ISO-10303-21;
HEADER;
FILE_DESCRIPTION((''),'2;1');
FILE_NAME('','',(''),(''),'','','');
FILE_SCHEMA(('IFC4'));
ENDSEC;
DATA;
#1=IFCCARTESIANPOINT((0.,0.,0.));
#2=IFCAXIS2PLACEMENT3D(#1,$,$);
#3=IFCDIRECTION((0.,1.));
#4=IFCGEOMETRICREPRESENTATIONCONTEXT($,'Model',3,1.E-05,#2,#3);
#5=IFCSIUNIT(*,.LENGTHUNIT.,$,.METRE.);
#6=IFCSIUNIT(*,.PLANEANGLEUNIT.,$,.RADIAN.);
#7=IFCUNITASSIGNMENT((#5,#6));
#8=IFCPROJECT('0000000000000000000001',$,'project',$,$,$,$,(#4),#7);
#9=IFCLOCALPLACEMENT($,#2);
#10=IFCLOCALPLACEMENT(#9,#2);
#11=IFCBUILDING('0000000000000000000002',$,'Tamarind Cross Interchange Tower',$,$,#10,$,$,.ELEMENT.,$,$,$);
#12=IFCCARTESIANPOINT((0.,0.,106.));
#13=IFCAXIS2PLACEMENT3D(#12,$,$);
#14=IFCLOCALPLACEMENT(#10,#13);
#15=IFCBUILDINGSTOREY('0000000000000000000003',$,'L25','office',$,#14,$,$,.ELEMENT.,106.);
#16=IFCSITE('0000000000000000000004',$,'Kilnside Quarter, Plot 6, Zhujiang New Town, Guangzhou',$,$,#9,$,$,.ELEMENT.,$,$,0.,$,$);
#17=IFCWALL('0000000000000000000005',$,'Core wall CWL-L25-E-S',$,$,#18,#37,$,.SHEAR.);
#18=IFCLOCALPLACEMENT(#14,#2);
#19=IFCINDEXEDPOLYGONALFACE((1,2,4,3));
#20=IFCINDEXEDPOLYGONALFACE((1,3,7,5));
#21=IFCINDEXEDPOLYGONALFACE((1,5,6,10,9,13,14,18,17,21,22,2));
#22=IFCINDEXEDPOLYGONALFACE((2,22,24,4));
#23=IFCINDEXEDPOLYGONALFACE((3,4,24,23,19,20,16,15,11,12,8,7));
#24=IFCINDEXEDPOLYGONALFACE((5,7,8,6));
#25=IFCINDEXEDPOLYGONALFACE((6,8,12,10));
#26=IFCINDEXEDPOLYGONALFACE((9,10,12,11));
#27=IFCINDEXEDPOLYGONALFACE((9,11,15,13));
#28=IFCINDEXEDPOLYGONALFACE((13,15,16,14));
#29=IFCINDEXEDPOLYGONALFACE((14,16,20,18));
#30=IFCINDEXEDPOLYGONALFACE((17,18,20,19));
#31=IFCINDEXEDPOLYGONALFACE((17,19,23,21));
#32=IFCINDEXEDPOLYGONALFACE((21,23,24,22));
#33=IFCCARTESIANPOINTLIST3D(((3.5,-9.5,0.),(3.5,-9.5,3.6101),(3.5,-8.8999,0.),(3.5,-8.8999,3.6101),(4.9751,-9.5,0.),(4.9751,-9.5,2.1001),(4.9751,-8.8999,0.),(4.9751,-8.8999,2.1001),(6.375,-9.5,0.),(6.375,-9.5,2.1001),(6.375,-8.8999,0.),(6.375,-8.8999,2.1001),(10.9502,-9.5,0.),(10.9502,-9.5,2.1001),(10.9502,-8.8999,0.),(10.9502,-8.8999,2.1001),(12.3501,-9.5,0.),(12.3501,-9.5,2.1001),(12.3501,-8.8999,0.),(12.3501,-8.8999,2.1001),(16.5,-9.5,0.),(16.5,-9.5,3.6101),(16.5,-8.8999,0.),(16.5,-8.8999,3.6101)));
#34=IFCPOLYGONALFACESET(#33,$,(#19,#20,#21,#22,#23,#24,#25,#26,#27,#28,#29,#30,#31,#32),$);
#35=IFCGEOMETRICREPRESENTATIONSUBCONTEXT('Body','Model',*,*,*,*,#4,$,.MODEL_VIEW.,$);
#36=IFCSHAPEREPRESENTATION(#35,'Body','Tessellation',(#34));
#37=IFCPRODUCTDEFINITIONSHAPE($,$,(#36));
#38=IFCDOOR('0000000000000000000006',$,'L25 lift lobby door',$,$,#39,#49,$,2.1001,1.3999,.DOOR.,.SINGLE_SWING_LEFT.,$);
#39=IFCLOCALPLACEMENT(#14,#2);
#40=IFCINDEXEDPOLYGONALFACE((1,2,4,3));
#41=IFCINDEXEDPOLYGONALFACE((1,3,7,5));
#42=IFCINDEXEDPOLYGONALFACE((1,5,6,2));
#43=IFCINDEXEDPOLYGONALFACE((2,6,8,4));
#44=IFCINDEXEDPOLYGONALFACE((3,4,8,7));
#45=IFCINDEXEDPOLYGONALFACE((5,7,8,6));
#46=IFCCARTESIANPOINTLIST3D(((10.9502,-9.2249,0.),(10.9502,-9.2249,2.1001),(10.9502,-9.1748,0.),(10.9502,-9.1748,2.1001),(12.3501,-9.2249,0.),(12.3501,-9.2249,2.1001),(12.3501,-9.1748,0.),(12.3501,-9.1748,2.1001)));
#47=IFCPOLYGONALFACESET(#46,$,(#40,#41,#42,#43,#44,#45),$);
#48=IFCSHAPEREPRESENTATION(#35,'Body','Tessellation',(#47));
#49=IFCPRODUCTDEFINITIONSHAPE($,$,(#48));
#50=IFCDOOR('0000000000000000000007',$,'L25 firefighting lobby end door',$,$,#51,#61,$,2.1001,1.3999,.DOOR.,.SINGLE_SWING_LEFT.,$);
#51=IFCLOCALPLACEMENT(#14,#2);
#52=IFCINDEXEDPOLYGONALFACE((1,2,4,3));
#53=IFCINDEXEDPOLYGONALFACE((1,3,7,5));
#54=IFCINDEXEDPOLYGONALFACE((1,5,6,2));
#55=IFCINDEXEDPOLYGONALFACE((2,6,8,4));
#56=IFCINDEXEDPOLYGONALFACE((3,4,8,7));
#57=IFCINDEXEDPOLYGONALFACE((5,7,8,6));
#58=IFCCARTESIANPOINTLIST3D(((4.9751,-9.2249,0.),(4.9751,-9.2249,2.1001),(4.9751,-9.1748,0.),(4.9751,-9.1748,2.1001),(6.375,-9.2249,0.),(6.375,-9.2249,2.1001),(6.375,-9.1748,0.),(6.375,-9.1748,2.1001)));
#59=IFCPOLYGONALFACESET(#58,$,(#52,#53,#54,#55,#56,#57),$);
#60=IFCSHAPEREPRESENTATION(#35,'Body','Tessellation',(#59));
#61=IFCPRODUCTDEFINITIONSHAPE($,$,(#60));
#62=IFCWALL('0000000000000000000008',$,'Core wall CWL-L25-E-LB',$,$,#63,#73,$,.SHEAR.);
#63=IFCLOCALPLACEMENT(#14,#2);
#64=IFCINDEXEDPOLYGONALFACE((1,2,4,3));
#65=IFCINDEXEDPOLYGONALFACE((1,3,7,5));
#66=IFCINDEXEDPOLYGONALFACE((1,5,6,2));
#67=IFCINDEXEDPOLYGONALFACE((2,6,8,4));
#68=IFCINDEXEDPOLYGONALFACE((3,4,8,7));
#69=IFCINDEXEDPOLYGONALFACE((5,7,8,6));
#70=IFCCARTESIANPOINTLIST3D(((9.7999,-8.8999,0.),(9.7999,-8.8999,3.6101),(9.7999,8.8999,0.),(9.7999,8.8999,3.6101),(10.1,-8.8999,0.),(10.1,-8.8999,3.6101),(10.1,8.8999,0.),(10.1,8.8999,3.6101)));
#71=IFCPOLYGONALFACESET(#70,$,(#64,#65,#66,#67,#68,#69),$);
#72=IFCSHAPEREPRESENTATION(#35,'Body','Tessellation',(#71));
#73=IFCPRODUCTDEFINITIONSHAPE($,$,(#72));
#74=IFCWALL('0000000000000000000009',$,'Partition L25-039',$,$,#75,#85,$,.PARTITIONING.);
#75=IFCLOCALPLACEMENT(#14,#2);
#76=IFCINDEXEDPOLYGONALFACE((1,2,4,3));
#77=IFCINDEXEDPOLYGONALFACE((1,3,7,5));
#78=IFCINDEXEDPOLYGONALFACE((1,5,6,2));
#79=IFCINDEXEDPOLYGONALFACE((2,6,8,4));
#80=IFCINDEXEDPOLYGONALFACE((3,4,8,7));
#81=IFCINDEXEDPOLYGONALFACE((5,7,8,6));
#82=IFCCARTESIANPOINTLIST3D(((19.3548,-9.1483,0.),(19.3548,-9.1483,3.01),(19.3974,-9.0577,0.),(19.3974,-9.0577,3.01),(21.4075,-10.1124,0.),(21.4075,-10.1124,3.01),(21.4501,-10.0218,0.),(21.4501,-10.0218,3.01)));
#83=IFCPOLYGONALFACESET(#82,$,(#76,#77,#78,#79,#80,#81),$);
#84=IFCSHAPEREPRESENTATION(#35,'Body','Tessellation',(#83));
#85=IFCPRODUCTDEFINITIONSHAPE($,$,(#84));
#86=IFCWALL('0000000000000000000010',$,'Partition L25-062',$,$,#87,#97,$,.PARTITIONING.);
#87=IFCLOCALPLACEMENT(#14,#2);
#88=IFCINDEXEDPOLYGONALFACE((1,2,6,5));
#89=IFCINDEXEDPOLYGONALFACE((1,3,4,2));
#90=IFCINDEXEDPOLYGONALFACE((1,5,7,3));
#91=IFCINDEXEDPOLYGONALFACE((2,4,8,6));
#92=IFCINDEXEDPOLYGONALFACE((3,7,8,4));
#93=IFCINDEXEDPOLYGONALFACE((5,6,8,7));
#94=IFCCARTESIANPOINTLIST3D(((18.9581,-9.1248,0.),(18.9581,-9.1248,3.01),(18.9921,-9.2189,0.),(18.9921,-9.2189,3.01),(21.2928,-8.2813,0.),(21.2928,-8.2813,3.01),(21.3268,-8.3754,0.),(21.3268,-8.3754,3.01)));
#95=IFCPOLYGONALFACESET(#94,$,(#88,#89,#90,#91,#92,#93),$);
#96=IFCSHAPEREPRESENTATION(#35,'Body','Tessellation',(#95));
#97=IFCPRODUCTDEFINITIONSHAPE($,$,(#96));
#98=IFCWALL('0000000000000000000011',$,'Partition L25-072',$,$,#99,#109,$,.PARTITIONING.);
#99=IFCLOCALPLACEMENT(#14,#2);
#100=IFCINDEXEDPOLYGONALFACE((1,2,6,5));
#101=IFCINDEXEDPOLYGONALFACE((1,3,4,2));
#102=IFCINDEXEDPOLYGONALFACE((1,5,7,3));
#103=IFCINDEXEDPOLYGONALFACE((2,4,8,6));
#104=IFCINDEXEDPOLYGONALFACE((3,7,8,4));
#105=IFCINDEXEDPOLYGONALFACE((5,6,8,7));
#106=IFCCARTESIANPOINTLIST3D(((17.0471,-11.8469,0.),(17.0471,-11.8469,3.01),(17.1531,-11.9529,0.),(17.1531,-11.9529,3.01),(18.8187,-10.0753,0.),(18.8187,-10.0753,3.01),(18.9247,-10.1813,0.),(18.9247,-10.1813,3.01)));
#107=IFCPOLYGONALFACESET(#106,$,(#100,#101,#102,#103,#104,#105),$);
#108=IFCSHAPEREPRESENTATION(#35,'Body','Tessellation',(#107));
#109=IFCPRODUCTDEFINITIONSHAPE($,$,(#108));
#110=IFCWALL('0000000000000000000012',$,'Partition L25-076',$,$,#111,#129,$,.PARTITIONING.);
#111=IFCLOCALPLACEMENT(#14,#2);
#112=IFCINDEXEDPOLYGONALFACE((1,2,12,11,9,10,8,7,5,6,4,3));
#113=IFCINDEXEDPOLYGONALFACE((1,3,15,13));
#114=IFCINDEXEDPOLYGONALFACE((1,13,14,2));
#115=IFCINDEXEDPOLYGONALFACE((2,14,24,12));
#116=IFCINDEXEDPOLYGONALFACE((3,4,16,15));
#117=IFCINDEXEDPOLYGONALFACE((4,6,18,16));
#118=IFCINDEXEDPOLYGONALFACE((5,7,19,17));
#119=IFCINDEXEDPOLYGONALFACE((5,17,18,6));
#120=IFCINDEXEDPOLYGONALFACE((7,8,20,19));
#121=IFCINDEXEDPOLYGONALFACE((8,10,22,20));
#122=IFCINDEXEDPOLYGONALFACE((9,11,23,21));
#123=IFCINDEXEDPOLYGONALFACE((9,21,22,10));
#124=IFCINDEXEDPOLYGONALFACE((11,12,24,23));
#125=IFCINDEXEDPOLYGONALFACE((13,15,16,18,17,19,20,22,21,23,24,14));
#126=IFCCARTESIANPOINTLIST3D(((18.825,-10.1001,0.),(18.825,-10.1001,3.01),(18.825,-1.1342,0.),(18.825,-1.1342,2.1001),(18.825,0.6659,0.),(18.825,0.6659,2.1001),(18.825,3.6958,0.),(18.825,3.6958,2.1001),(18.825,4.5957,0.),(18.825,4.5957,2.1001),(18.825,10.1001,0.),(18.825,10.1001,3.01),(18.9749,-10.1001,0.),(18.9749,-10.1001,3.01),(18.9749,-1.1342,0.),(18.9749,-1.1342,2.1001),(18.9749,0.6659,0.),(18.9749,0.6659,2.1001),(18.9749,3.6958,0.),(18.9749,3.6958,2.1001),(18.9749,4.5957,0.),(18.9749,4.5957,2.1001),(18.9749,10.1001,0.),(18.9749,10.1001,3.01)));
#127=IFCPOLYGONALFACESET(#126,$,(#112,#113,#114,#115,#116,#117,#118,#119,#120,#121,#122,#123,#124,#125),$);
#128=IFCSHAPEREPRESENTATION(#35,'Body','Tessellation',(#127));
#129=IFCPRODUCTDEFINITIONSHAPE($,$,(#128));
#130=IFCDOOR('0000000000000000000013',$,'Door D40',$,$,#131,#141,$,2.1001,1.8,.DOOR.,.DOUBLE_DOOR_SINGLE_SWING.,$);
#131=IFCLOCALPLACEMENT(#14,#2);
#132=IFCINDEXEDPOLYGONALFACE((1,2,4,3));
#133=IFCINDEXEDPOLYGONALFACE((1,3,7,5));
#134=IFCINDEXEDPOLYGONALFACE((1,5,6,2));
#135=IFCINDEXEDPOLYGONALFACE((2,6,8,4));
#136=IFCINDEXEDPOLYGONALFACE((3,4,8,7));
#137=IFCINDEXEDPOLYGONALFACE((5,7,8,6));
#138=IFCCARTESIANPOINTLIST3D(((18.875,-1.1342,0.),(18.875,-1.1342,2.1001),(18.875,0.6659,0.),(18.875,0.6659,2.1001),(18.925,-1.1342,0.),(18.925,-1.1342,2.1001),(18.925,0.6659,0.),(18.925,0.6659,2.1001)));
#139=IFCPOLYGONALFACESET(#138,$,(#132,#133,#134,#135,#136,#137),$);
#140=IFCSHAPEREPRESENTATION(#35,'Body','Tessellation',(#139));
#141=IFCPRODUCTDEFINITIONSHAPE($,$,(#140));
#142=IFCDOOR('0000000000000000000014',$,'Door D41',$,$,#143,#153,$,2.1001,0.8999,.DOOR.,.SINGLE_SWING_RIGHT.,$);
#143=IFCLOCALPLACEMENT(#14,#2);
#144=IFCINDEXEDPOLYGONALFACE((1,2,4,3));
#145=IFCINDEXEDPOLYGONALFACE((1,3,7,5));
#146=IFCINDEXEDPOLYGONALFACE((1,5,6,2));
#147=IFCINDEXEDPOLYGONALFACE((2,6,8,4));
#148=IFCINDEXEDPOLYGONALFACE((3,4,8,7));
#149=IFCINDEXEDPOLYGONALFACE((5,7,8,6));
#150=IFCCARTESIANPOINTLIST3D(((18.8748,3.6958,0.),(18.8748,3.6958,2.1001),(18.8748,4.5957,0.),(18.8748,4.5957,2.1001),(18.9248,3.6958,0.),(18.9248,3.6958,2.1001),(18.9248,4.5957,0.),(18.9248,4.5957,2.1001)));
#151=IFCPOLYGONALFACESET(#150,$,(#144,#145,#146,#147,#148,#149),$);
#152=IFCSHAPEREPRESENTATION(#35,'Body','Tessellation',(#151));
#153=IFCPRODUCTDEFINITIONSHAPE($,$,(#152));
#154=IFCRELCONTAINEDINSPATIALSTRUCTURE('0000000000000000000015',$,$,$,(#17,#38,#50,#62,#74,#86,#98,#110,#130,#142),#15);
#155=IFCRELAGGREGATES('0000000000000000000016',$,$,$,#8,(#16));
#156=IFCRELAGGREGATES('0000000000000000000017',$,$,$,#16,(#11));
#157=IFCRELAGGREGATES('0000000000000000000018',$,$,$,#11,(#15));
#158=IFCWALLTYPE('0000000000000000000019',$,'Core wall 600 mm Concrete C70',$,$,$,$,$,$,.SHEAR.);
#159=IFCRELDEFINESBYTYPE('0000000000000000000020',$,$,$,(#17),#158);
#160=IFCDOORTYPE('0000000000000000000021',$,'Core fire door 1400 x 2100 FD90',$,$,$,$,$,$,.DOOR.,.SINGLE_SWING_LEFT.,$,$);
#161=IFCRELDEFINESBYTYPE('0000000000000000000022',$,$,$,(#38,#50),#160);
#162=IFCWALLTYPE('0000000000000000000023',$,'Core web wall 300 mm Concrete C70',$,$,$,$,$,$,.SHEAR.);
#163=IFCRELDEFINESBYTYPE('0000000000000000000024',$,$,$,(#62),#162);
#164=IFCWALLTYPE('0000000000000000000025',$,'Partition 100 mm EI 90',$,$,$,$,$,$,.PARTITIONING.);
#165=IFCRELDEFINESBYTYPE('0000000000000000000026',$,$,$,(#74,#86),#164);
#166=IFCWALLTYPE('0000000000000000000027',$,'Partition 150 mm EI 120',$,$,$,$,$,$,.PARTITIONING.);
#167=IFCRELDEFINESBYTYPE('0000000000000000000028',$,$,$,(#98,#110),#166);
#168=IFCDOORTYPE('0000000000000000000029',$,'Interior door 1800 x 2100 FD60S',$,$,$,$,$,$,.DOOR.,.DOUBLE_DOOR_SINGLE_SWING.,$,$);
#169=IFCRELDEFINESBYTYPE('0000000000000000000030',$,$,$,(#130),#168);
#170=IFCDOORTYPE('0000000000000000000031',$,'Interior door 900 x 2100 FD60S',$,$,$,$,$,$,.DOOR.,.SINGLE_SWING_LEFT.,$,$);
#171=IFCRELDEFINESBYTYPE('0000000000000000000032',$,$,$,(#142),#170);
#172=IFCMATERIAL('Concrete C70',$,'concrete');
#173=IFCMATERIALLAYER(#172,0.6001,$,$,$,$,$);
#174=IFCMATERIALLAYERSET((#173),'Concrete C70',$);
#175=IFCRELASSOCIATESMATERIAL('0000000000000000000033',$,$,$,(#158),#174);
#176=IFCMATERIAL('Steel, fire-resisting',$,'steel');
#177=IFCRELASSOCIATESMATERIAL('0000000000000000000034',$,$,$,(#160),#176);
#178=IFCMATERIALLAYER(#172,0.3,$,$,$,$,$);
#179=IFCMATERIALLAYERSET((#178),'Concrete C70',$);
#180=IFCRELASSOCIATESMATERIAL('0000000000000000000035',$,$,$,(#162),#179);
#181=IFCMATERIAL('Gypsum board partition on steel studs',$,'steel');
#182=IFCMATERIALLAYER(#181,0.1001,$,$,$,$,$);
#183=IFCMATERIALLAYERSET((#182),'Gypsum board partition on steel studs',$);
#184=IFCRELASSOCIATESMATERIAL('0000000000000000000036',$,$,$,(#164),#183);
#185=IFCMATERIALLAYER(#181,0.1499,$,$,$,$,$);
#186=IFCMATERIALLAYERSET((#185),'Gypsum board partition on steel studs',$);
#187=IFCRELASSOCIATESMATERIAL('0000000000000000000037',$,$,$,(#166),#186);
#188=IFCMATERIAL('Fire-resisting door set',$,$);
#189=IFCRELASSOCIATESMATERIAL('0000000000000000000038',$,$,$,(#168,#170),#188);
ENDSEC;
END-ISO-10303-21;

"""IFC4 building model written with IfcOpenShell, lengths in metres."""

from ifc_helpers import new_model, si_unit, direction, frame, frame_2d, origin, place, context, subcontext, project, spatial, rectangle, extrude, material, layer, layer_set, type_object, element, fill, save


model = new_model("IFC4")

# Units and contexts
model_context = context("Model", 3, precision=1e-05, world=origin(), true_north=direction((0.0, 1.0)))
body_context = subcontext(model_context, "Body", "Model", "MODEL_VIEW")
ifc_project = project(units=[si_unit("LENGTHUNIT", "METRE"), si_unit("PLANEANGLEUNIT", "RADIAN")], contexts=[model_context])

# Site, building, storey
site_placement = place(None, origin())
site = spatial("IfcSite", under=ifc_project, at=site_placement, Name="Kilnside Quarter, Plot 6, Zhujiang New Town, Guangzhou", CompositionType="ELEMENT", RefElevation=0.0)
building_placement = place(site_placement, origin())
building = spatial("IfcBuilding", under=site, at=building_placement, Name="Tamarind Cross Interchange Tower", CompositionType="ELEMENT")
storey_placement = place(building_placement, frame((0.0, 0.0, 106.0)))
storey = spatial("IfcBuildingStorey", under=building, at=storey_placement, Name="L25", Description="office", CompositionType="ELEMENT", Elevation=106.0)

# Wall, openings, doors
ifc_material_1 = material(Name="Concrete C70", Category="concrete")
ifc_layer_1 = layer(ifc_material_1, 0.6001)
ifc_layer_set_1 = layer_set([ifc_layer_1], Name="Concrete C70")
wall_type_1 = type_object("IfcWallType", Name="Core wall 600 mm Concrete C70", PredefinedType="SHEAR", material=ifc_layer_set_1)
wall_1_placement = place(storey_placement, frame((16.5, -9.2, 0.0), z_axis=(0.0, 0.0, 1.0), x_axis=(-1.0, 0.0, 0.0)))
wall_1 = element("IfcWall", 1, at=wall_1_placement, inside=storey, type_object=wall_type_1, Name="Core wall CWL-L25-E-S", PredefinedType="SHEAR", context=body_context, shape_type="SweptSolid", body=[
    extrude(rectangle(XDim=13.0, YDim=0.6001, at=frame_2d((6.5, 0.0))), origin(), (0.0, 0.0, 1.0), 3.6101),
])
opening_1_placement = place(wall_1_placement, frame((4.1499, 0.0, 0.0)))
opening_1 = element("IfcOpeningElement", 2, at=opening_1_placement, cuts=wall_1, PredefinedType="OPENING", context=body_context, shape_type="SweptSolid", body=[
    extrude(rectangle(XDim=1.3999, YDim=2.1001, at=frame_2d((0.7, 1.05))), frame((0.0, 0.3101, 0.0), z_axis=(0.0, -1.0, 0.0), x_axis=(1.0, 0.0, 0.0)), (0.0, 0.0, 1.0), 0.6201),
])
opening_2_placement = place(wall_1_placement, frame((10.125, 0.0, 0.0)))
opening_2 = element("IfcOpeningElement", 3, at=opening_2_placement, cuts=wall_1, PredefinedType="OPENING", context=body_context, shape_type="SweptSolid", body=[
    extrude(rectangle(XDim=1.3999, YDim=2.1001, at=frame_2d((0.7, 1.05))), frame((0.0, 0.3101, 0.0), z_axis=(0.0, -1.0, 0.0), x_axis=(1.0, 0.0, 0.0)), (0.0, 0.0, 1.0), 0.6201),
])
ifc_material_2 = material(Name="Steel, fire-resisting", Category="steel")
door_type_1 = type_object("IfcDoorType", Name="Core fire door 1400 x 2100 FD90", OperationType="SINGLE_SWING_LEFT", PredefinedType="DOOR", material=ifc_material_2)
door_1_placement = place(opening_1_placement, origin())
door_1 = element("IfcDoor", 4, at=door_1_placement, inside=storey, type_object=door_type_1, Name="L25 lift lobby door", OperationType="SINGLE_SWING_LEFT", OverallHeight=2.1001, OverallWidth=1.3999, PredefinedType="DOOR", context=body_context, shape_type="SweptSolid", body=[
    extrude(rectangle(XDim=1.3999, YDim=2.1001, at=frame_2d((0.7, 1.05))), frame((0.0, 0.0249, 0.0), z_axis=(0.0, -1.0, 0.0), x_axis=(1.0, 0.0, 0.0)), (0.0, 0.0, 1.0), 0.05),
])
fill(opening_1, door_1)
door_2_placement = place(opening_2_placement, origin())
door_2 = element("IfcDoor", 5, at=door_2_placement, inside=storey, type_object=door_type_1, Name="L25 firefighting lobby end door", OperationType="SINGLE_SWING_LEFT", OverallHeight=2.1001, OverallWidth=1.3999, PredefinedType="DOOR", context=body_context, shape_type="SweptSolid", body=[
    extrude(rectangle(XDim=1.3999, YDim=2.1001, at=frame_2d((0.7, 1.05))), frame((0.0, 0.0249, 0.0), z_axis=(0.0, -1.0, 0.0), x_axis=(1.0, 0.0, 0.0)), (0.0, 0.0, 1.0), 0.05),
])
fill(opening_2, door_2)

# Walls
ifc_layer_2 = layer(ifc_material_1, 0.3)
ifc_layer_set_2 = layer_set([ifc_layer_2], Name="Concrete C70")
wall_type_2 = type_object("IfcWallType", Name="Core web wall 300 mm Concrete C70", PredefinedType="SHEAR", material=ifc_layer_set_2)
wall_2_placement = place(storey_placement, frame((9.95, -8.8999, 0.0), z_axis=(0.0, 0.0, 1.0), x_axis=(0.0, 1.0, 0.0)))
element("IfcWall", 6, at=wall_2_placement, inside=storey, type_object=wall_type_2, Name="Core wall CWL-L25-E-LB", PredefinedType="SHEAR", context=body_context, shape_type="SweptSolid", body=[
    extrude(rectangle(XDim=17.7998, YDim=0.3, at=frame_2d((8.8999, 0.0))), origin(), (0.0, 0.0, 1.0), 3.6101),
])
ifc_material_3 = material(Name="Gypsum board partition on steel studs", Category="steel")
ifc_layer_3 = layer(ifc_material_3, 0.1001)
ifc_layer_set_3 = layer_set([ifc_layer_3], Name="Gypsum board partition on steel studs")
wall_type_3 = type_object("IfcWallType", Name="Partition 100 mm EI 90", PredefinedType="PARTITIONING", material=ifc_layer_set_3)
wall_3_placement = place(storey_placement, frame((19.3762, -9.103, 0.0), z_axis=(0.0, 0.0, 1.0), x_axis=(0.905138, -0.425118, 0.0)))
element("IfcWall", 7, at=wall_3_placement, inside=storey, type_object=wall_type_3, Name="Partition L25-039", PredefinedType="PARTITIONING", context=body_context, shape_type="SweptSolid", body=[
    extrude(rectangle(XDim=2.2678, YDim=0.1001, at=frame_2d((1.1338, 0.0))), origin(), (0.0, 0.0, 1.0), 3.01),
])
wall_4_placement = place(storey_placement, frame((18.9751, -9.1719, 0.0), z_axis=(0.0, 0.0, 1.0), x_axis=(0.940501, 0.339792, 0.0)))
element("IfcWall", 8, at=wall_4_placement, inside=storey, type_object=wall_type_3, Name="Partition L25-062", PredefinedType="PARTITIONING", context=body_context, shape_type="SweptSolid", body=[
    extrude(rectangle(XDim=2.4824, YDim=0.1001, at=frame_2d((1.2412, 0.0))), origin(), (0.0, 0.0, 1.0), 3.01),
])
ifc_layer_4 = layer(ifc_material_3, 0.1499)
ifc_layer_set_4 = layer_set([ifc_layer_4], Name="Gypsum board partition on steel studs")
wall_type_4 = type_object("IfcWallType", Name="Partition 150 mm EI 120", PredefinedType="PARTITIONING", material=ifc_layer_set_4)
wall_5_placement = place(storey_placement, frame((17.1001, -11.8999, 0.0), z_axis=(0.0, 0.0, 1.0), x_axis=(0.707107, 0.707107, 0.0)))
element("IfcWall", 9, at=wall_5_placement, inside=storey, type_object=wall_type_4, Name="Partition L25-072", PredefinedType="PARTITIONING", context=body_context, shape_type="SweptSolid", body=[
    extrude(rectangle(XDim=2.5054, YDim=0.1499, at=frame_2d((1.2527, 0.0))), origin(), (0.0, 0.0, 1.0), 3.01),
])

# Wall, openings, doors
wall_6_placement = place(storey_placement, frame((18.8999, -10.1001, 0.0), z_axis=(0.0, 0.0, 1.0), x_axis=(0.0, 1.0, 0.0)))
wall_6 = element("IfcWall", 10, at=wall_6_placement, inside=storey, type_object=wall_type_4, Name="Partition L25-076", PredefinedType="PARTITIONING", context=body_context, shape_type="SweptSolid", body=[
    extrude(rectangle(XDim=20.2002, YDim=0.1499, at=frame_2d((10.1001, 0.0))), origin(), (0.0, 0.0, 1.0), 3.01),
])
opening_3_placement = place(wall_6_placement, frame((8.9661, 0.0, 0.0)))
opening_3 = element("IfcOpeningElement", 11, at=opening_3_placement, cuts=wall_6, PredefinedType="OPENING", context=body_context, shape_type="SweptSolid", body=[
    extrude(rectangle(XDim=1.8, YDim=2.1001, at=frame_2d((0.8999, 1.05))), frame((0.0, 0.085, 0.0), z_axis=(0.0, -1.0, 0.0), x_axis=(1.0, 0.0, 0.0)), (0.0, 0.0, 1.0), 0.1699),
])
opening_4_placement = place(wall_6_placement, frame((13.7959, 0.0, 0.0)))
opening_4 = element("IfcOpeningElement", 12, at=opening_4_placement, cuts=wall_6, PredefinedType="OPENING", context=body_context, shape_type="SweptSolid", body=[
    extrude(rectangle(XDim=0.8999, YDim=2.1001, at=frame_2d((0.45, 1.05))), frame((0.0, 0.085, 0.0), z_axis=(0.0, -1.0, 0.0), x_axis=(1.0, 0.0, 0.0)), (0.0, 0.0, 1.0), 0.1699),
])
ifc_material_4 = material(Name="Fire-resisting door set")
door_type_2 = type_object("IfcDoorType", Name="Interior door 1800 x 2100 FD60S", OperationType="DOUBLE_DOOR_SINGLE_SWING", PredefinedType="DOOR", material=ifc_material_4)
door_3_placement = place(opening_3_placement, origin())
door_3 = element("IfcDoor", 13, at=door_3_placement, inside=storey, type_object=door_type_2, Name="Door D40", OperationType="DOUBLE_DOOR_SINGLE_SWING", OverallHeight=2.1001, OverallWidth=1.8, PredefinedType="DOOR", context=body_context, shape_type="SweptSolid", body=[
    extrude(rectangle(XDim=1.8, YDim=2.1001, at=frame_2d((0.8999, 1.05))), frame((0.0, 0.0249, 0.0), z_axis=(0.0, -1.0, 0.0), x_axis=(1.0, 0.0, 0.0)), (0.0, 0.0, 1.0), 0.05),
])
fill(opening_3, door_3)
door_type_3 = type_object("IfcDoorType", Name="Interior door 900 x 2100 FD60S", OperationType="SINGLE_SWING_LEFT", PredefinedType="DOOR", material=ifc_material_4)
door_4_placement = place(opening_4_placement, frame((0.8999, 0.0, 0.0), z_axis=(0.0, 0.0, 1.0), x_axis=(-1.0, 0.0, 0.0)))
door_4 = element("IfcDoor", 14, at=door_4_placement, inside=storey, type_object=door_type_3, Name="Door D41", OperationType="SINGLE_SWING_RIGHT", OverallHeight=2.1001, OverallWidth=0.8999, PredefinedType="DOOR", context=body_context, shape_type="SweptSolid", body=[
    extrude(rectangle(XDim=0.8999, YDim=2.1001, at=frame_2d((0.45, 1.05))), frame((0.0, 0.0249, 0.0), z_axis=(0.0, -1.0, 0.0), x_axis=(1.0, 0.0, 0.0)), (0.0, 0.0, 1.0), 0.05),
])
fill(opening_4, door_4)

save(model, "model.ifc")
